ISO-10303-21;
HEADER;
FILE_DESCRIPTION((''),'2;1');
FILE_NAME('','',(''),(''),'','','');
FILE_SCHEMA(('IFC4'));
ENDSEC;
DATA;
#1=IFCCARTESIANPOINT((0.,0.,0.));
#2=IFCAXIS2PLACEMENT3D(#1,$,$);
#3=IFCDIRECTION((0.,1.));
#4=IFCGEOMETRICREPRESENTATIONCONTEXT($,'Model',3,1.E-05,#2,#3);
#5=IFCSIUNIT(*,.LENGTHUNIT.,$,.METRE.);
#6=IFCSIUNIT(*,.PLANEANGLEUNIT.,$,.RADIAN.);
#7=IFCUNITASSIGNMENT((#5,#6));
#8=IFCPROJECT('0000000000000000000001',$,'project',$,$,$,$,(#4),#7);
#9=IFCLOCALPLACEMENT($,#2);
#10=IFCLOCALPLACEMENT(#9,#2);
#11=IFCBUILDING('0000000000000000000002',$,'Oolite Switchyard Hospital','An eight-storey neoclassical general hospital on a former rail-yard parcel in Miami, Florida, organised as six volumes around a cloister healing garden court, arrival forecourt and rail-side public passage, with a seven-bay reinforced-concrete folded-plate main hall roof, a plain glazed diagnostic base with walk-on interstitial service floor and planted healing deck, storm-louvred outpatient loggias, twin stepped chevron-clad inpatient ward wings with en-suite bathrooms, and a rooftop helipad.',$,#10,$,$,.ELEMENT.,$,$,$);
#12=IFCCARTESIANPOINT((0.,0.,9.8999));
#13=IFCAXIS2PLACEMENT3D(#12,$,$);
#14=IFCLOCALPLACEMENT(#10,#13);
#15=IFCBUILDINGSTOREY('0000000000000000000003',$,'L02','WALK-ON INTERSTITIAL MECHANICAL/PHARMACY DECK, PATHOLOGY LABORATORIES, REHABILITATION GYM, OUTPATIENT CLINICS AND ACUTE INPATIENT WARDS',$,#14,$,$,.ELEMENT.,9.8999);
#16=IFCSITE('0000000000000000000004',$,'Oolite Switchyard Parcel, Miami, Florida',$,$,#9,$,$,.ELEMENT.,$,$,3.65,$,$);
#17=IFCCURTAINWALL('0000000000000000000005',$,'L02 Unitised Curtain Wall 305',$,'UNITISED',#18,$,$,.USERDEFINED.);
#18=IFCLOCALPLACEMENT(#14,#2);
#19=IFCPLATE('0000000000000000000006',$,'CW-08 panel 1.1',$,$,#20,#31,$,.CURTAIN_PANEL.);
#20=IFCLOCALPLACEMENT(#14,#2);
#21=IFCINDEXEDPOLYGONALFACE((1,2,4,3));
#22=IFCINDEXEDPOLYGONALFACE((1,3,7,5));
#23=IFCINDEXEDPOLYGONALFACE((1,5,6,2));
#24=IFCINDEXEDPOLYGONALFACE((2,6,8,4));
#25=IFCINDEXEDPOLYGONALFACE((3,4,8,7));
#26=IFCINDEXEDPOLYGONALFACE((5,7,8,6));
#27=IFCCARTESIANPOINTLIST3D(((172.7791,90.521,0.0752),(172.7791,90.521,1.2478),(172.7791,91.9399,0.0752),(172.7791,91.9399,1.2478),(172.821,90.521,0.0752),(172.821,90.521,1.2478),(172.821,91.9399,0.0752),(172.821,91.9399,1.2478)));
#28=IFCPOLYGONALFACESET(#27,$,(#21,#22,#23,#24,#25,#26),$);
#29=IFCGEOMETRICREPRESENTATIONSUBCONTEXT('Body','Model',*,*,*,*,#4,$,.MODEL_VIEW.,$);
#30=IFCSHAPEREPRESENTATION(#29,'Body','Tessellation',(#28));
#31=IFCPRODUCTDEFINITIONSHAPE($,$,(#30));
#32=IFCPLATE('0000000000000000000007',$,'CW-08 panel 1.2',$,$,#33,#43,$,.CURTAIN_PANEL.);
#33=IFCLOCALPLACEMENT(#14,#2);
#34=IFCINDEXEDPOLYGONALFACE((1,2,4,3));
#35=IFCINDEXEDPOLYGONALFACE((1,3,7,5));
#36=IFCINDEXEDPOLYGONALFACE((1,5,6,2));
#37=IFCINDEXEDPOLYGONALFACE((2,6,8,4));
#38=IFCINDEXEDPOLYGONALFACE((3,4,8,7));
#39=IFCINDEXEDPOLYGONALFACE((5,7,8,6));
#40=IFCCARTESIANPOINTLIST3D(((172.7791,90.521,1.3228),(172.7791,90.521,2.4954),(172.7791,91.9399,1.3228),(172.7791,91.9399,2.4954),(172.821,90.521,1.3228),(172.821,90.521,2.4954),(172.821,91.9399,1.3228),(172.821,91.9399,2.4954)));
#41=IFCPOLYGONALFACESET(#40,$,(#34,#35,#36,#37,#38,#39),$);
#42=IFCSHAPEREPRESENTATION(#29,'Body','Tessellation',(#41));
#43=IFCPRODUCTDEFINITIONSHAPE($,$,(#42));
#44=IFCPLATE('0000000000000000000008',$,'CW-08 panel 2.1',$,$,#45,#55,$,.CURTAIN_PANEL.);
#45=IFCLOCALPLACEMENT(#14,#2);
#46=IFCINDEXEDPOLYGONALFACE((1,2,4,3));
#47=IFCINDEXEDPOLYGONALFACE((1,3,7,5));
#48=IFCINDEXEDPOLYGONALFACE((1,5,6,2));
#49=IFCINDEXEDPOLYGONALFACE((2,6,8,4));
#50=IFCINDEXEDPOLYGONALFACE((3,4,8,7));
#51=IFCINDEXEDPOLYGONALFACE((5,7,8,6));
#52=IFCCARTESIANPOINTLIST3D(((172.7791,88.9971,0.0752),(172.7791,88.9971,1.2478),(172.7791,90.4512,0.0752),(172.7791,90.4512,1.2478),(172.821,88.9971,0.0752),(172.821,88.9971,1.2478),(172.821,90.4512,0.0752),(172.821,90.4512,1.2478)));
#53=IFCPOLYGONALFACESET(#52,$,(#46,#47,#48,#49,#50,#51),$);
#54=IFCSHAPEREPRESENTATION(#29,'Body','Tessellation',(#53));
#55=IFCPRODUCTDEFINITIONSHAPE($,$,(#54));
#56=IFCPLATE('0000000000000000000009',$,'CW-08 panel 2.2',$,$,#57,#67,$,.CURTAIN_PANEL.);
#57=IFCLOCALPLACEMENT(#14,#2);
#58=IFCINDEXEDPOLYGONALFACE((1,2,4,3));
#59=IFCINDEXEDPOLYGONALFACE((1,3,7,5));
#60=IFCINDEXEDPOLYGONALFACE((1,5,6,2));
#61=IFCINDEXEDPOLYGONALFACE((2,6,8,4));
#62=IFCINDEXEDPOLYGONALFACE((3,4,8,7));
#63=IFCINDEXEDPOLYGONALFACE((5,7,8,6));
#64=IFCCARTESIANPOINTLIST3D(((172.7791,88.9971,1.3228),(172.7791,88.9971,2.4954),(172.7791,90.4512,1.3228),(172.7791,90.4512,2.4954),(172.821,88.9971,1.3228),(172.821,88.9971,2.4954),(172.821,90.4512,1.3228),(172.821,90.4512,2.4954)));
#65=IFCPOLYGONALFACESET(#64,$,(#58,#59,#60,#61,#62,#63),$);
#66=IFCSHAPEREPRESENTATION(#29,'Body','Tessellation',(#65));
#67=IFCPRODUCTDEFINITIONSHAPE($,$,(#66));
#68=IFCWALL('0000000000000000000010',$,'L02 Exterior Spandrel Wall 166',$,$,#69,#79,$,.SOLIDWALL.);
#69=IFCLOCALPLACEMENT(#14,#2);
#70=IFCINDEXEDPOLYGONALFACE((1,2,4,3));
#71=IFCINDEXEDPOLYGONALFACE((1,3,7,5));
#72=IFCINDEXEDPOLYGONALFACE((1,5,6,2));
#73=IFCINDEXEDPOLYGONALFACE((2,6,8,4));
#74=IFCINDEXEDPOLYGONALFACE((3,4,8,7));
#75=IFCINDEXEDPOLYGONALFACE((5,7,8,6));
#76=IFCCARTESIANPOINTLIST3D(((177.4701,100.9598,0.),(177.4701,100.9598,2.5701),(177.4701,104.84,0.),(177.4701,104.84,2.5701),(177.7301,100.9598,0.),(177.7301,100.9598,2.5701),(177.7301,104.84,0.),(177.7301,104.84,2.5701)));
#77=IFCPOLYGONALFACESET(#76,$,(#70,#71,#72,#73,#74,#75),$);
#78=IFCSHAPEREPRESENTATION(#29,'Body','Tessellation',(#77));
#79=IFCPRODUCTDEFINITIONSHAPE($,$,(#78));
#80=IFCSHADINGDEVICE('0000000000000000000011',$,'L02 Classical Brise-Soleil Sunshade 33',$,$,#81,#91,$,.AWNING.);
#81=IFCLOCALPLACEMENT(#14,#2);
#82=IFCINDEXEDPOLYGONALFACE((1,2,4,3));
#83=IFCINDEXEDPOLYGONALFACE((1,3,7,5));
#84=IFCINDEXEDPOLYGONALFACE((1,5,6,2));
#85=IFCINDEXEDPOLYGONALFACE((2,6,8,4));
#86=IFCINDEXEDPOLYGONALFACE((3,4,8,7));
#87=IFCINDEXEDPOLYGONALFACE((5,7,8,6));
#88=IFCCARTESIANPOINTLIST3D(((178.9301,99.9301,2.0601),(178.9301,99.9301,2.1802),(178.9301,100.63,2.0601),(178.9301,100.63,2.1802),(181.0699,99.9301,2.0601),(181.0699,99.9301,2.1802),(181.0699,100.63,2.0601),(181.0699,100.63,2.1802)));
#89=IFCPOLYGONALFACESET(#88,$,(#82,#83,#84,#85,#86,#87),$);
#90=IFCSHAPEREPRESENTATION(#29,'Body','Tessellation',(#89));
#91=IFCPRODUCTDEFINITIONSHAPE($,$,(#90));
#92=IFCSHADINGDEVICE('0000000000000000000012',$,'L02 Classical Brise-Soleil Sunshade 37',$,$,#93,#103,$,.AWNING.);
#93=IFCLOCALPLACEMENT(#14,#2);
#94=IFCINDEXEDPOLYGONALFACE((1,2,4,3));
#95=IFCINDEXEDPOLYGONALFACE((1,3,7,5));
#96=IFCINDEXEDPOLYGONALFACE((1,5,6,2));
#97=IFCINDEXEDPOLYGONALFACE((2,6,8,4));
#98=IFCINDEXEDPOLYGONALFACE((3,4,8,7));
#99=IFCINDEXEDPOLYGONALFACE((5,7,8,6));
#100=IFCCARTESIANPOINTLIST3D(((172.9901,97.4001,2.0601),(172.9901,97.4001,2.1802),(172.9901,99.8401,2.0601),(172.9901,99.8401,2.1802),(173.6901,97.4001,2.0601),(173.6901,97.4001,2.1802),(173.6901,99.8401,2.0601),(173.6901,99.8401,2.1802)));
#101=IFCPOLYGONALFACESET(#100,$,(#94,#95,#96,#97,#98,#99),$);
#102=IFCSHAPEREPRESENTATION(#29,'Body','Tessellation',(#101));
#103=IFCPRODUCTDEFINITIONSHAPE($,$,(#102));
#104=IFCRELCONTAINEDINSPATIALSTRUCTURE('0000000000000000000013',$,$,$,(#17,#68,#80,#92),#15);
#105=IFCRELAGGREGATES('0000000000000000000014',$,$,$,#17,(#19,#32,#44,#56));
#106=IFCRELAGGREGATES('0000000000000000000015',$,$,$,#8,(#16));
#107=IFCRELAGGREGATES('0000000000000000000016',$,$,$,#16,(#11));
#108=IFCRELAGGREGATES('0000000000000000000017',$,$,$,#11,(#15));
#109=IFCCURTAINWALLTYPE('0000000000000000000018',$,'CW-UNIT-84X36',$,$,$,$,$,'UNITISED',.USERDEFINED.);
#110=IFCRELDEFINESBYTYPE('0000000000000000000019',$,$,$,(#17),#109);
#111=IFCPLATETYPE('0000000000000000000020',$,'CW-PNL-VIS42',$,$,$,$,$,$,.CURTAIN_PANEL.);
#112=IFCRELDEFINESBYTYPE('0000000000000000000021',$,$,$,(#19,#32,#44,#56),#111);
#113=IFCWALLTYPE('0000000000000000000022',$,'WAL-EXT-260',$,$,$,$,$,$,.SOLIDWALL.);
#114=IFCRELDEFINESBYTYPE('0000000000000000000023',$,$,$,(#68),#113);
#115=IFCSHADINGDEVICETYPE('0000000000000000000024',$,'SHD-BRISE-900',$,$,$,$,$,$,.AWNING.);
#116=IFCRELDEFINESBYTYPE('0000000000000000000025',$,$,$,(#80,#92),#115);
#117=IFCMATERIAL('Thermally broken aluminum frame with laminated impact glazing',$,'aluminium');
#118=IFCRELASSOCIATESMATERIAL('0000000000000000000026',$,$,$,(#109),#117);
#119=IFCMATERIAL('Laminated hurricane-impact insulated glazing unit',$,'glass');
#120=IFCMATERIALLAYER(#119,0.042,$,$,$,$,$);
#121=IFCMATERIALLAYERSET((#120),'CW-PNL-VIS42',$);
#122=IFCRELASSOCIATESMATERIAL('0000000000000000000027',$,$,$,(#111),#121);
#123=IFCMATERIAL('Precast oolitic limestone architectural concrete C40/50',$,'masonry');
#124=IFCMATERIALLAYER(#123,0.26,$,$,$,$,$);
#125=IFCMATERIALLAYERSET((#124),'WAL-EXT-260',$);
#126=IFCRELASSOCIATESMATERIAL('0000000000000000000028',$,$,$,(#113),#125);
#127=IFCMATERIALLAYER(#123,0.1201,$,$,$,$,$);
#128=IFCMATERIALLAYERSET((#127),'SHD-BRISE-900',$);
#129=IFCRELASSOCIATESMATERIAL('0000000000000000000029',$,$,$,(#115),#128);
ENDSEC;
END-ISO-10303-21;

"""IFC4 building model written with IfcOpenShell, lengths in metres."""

from ifc_helpers import new_model, si_unit, direction, frame, frame_2d, origin, origin_2d, place, context, subcontext, project, spatial, rectangle, extrude, material, layer, layer_set, type_object, element, aggregate, save


model = new_model("IFC4")

# Units and contexts
model_context = context("Model", 3, precision=1e-05, world=origin(), true_north=direction((0.0, 1.0)))
body_context = subcontext(model_context, "Body", "Model", "MODEL_VIEW")
ifc_project = project(units=[si_unit("LENGTHUNIT", "METRE"), si_unit("PLANEANGLEUNIT", "RADIAN")], contexts=[model_context])

# Site, building, storey
site_placement = place(None, origin())
site = spatial("IfcSite", under=ifc_project, at=site_placement, Name="Oolite Switchyard Parcel, Miami, Florida", CompositionType="ELEMENT", RefElevation=3.65)
building_placement = place(site_placement, origin())
building = spatial("IfcBuilding", under=site, at=building_placement, Name="Oolite Switchyard Hospital", Description="An eight-storey neoclassical general hospital on a former rail-yard parcel in Miami, Florida, organised as six volumes around a cloister healing garden court, arrival forecourt and rail-side public passage, with a seven-bay reinforced-concrete folded-plate main hall roof, a plain glazed diagnostic base with walk-on interstitial service floor and planted healing deck, storm-louvred outpatient loggias, twin stepped chevron-clad inpatient ward wings with en-suite bathrooms, and a rooftop helipad.", CompositionType="ELEMENT")
storey_placement = place(building_placement, frame((0.0, 0.0, 9.8999)))
storey = spatial("IfcBuildingStorey", under=building, at=storey_placement, Name="L02", Description="WALK-ON INTERSTITIAL MECHANICAL/PHARMACY DECK, PATHOLOGY LABORATORIES, REHABILITATION GYM, OUTPATIENT CLINICS AND ACUTE INPATIENT WARDS", CompositionType="ELEMENT", Elevation=9.8999)

# Curtain wall, plates
ifc_material_1 = material(Name="Thermally broken aluminum frame with laminated impact glazing", Category="aluminium")
curtain_wall_type = type_object("IfcCurtainWallType", Name="CW-UNIT-84X36", ElementType="UNITISED", PredefinedType="USERDEFINED", material=ifc_material_1)
curtain_wall_placement = place(storey_placement, origin())
curtain_wall = element("IfcCurtainWall", 1, at=curtain_wall_placement, inside=storey, type_object=curtain_wall_type, Name="L02 Unitised Curtain Wall 305", ObjectType="UNITISED", PredefinedType="USERDEFINED")
ifc_material_2 = material(Name="Laminated hurricane-impact insulated glazing unit", Category="glass")
ifc_layer_1 = layer(ifc_material_2, 0.042)
ifc_layer_set_1 = layer_set([ifc_layer_1], Name="CW-PNL-VIS42")
plate_type = type_object("IfcPlateType", Name="CW-PNL-VIS42", PredefinedType="CURTAIN_PANEL", material=ifc_layer_set_1)
plate_1_placement = place(storey_placement, frame((172.8, 91.2305, 0.0752), z_axis=(0.0, 0.0, 1.0), x_axis=(0.0, -1.0, 0.0)))
plate_1 = element("IfcPlate", 2, at=plate_1_placement, type_object=plate_type, Name="CW-08 panel 1.1", PredefinedType="CURTAIN_PANEL", context=body_context, shape_type="SweptSolid", body=[
    extrude(rectangle(XDim=1.4189, YDim=0.042, at=origin_2d()), origin(), (0.0, 0.0, 1.0), 1.1726),
])
plate_2_placement = place(storey_placement, frame((172.8, 91.2305, 1.3228), z_axis=(0.0, 0.0, 1.0), x_axis=(0.0, -1.0, 0.0)))
plate_2 = element("IfcPlate", 3, at=plate_2_placement, type_object=plate_type, Name="CW-08 panel 1.2", PredefinedType="CURTAIN_PANEL", context=body_context, shape_type="SweptSolid", body=[
    extrude(rectangle(XDim=1.4189, YDim=0.042, at=origin_2d()), origin(), (0.0, 0.0, 1.0), 1.1726),
])
plate_3_placement = place(storey_placement, frame((172.8, 89.7241, 0.0752), z_axis=(0.0, 0.0, 1.0), x_axis=(0.0, -1.0, 0.0)))
plate_3 = element("IfcPlate", 4, at=plate_3_placement, type_object=plate_type, Name="CW-08 panel 2.1", PredefinedType="CURTAIN_PANEL", context=body_context, shape_type="SweptSolid", body=[
    extrude(rectangle(XDim=1.4541, YDim=0.042, at=origin_2d()), origin(), (0.0, 0.0, 1.0), 1.1726),
])
plate_4_placement = place(storey_placement, frame((172.8, 89.7241, 1.3228), z_axis=(0.0, 0.0, 1.0), x_axis=(0.0, -1.0, 0.0)))
plate_4 = element("IfcPlate", 5, at=plate_4_placement, type_object=plate_type, Name="CW-08 panel 2.2", PredefinedType="CURTAIN_PANEL", context=body_context, shape_type="SweptSolid", body=[
    extrude(rectangle(XDim=1.4541, YDim=0.042, at=origin_2d()), origin(), (0.0, 0.0, 1.0), 1.1726),
])
aggregate(curtain_wall, [plate_1, plate_2, plate_3, plate_4])

# Wall
ifc_material_3 = material(Name="Precast oolitic limestone architectural concrete C40/50", Category="masonry")
ifc_layer_2 = layer(ifc_material_3, 0.26)
ifc_layer_set_2 = layer_set([ifc_layer_2], Name="WAL-EXT-260")
wall_type = type_object("IfcWallType", Name="WAL-EXT-260", PredefinedType="SOLIDWALL", material=ifc_layer_set_2)
wall_placement = place(storey_placement, frame((177.6001, 100.96, 0.0), z_axis=(0.0, 0.0, 1.0), x_axis=(0.0, 1.0, 0.0)))
element("IfcWall", 6, at=wall_placement, inside=storey, type_object=wall_type, Name="L02 Exterior Spandrel Wall 166", PredefinedType="SOLIDWALL", context=body_context, shape_type="SweptSolid", body=[
    extrude(rectangle(XDim=3.8801, YDim=0.26, at=frame_2d((1.9399, 0.0))), origin(), (0.0, 0.0, 1.0), 2.5701),
])

# Shading devices
ifc_layer_3 = layer(ifc_material_3, 0.1201)
ifc_layer_set_3 = layer_set([ifc_layer_3], Name="SHD-BRISE-900")
shading_device_type = type_object("IfcShadingDeviceType", Name="SHD-BRISE-900", PredefinedType="AWNING", material=ifc_layer_set_3)
shading_device_1_placement = place(storey_placement, frame((180.0, 100.28, 2.0601), z_axis=(0.0, 0.0, 1.0), x_axis=(1.0, 0.0, 0.0)))
element("IfcShadingDevice", 7, at=shading_device_1_placement, inside=storey, type_object=shading_device_type, Name="L02 Classical Brise-Soleil Sunshade 33", PredefinedType="AWNING", context=body_context, shape_type="SweptSolid", body=[
    extrude(rectangle(XDim=2.1399, YDim=0.7, at=origin_2d()), origin(), (0.0, 0.0, 1.0), 0.1201),
])
shading_device_2_placement = place(storey_placement, frame((173.3401, 98.6201, 2.0601), z_axis=(0.0, 0.0, 1.0), x_axis=(0.0, 1.0, 0.0)))
element("IfcShadingDevice", 8, at=shading_device_2_placement, inside=storey, type_object=shading_device_type, Name="L02 Classical Brise-Soleil Sunshade 37", PredefinedType="AWNING", context=body_context, shape_type="SweptSolid", body=[
    extrude(rectangle(XDim=2.4399, YDim=0.7, at=origin_2d()), origin(), (0.0, 0.0, 1.0), 0.1201),
])

save(model, "model.ifc")
